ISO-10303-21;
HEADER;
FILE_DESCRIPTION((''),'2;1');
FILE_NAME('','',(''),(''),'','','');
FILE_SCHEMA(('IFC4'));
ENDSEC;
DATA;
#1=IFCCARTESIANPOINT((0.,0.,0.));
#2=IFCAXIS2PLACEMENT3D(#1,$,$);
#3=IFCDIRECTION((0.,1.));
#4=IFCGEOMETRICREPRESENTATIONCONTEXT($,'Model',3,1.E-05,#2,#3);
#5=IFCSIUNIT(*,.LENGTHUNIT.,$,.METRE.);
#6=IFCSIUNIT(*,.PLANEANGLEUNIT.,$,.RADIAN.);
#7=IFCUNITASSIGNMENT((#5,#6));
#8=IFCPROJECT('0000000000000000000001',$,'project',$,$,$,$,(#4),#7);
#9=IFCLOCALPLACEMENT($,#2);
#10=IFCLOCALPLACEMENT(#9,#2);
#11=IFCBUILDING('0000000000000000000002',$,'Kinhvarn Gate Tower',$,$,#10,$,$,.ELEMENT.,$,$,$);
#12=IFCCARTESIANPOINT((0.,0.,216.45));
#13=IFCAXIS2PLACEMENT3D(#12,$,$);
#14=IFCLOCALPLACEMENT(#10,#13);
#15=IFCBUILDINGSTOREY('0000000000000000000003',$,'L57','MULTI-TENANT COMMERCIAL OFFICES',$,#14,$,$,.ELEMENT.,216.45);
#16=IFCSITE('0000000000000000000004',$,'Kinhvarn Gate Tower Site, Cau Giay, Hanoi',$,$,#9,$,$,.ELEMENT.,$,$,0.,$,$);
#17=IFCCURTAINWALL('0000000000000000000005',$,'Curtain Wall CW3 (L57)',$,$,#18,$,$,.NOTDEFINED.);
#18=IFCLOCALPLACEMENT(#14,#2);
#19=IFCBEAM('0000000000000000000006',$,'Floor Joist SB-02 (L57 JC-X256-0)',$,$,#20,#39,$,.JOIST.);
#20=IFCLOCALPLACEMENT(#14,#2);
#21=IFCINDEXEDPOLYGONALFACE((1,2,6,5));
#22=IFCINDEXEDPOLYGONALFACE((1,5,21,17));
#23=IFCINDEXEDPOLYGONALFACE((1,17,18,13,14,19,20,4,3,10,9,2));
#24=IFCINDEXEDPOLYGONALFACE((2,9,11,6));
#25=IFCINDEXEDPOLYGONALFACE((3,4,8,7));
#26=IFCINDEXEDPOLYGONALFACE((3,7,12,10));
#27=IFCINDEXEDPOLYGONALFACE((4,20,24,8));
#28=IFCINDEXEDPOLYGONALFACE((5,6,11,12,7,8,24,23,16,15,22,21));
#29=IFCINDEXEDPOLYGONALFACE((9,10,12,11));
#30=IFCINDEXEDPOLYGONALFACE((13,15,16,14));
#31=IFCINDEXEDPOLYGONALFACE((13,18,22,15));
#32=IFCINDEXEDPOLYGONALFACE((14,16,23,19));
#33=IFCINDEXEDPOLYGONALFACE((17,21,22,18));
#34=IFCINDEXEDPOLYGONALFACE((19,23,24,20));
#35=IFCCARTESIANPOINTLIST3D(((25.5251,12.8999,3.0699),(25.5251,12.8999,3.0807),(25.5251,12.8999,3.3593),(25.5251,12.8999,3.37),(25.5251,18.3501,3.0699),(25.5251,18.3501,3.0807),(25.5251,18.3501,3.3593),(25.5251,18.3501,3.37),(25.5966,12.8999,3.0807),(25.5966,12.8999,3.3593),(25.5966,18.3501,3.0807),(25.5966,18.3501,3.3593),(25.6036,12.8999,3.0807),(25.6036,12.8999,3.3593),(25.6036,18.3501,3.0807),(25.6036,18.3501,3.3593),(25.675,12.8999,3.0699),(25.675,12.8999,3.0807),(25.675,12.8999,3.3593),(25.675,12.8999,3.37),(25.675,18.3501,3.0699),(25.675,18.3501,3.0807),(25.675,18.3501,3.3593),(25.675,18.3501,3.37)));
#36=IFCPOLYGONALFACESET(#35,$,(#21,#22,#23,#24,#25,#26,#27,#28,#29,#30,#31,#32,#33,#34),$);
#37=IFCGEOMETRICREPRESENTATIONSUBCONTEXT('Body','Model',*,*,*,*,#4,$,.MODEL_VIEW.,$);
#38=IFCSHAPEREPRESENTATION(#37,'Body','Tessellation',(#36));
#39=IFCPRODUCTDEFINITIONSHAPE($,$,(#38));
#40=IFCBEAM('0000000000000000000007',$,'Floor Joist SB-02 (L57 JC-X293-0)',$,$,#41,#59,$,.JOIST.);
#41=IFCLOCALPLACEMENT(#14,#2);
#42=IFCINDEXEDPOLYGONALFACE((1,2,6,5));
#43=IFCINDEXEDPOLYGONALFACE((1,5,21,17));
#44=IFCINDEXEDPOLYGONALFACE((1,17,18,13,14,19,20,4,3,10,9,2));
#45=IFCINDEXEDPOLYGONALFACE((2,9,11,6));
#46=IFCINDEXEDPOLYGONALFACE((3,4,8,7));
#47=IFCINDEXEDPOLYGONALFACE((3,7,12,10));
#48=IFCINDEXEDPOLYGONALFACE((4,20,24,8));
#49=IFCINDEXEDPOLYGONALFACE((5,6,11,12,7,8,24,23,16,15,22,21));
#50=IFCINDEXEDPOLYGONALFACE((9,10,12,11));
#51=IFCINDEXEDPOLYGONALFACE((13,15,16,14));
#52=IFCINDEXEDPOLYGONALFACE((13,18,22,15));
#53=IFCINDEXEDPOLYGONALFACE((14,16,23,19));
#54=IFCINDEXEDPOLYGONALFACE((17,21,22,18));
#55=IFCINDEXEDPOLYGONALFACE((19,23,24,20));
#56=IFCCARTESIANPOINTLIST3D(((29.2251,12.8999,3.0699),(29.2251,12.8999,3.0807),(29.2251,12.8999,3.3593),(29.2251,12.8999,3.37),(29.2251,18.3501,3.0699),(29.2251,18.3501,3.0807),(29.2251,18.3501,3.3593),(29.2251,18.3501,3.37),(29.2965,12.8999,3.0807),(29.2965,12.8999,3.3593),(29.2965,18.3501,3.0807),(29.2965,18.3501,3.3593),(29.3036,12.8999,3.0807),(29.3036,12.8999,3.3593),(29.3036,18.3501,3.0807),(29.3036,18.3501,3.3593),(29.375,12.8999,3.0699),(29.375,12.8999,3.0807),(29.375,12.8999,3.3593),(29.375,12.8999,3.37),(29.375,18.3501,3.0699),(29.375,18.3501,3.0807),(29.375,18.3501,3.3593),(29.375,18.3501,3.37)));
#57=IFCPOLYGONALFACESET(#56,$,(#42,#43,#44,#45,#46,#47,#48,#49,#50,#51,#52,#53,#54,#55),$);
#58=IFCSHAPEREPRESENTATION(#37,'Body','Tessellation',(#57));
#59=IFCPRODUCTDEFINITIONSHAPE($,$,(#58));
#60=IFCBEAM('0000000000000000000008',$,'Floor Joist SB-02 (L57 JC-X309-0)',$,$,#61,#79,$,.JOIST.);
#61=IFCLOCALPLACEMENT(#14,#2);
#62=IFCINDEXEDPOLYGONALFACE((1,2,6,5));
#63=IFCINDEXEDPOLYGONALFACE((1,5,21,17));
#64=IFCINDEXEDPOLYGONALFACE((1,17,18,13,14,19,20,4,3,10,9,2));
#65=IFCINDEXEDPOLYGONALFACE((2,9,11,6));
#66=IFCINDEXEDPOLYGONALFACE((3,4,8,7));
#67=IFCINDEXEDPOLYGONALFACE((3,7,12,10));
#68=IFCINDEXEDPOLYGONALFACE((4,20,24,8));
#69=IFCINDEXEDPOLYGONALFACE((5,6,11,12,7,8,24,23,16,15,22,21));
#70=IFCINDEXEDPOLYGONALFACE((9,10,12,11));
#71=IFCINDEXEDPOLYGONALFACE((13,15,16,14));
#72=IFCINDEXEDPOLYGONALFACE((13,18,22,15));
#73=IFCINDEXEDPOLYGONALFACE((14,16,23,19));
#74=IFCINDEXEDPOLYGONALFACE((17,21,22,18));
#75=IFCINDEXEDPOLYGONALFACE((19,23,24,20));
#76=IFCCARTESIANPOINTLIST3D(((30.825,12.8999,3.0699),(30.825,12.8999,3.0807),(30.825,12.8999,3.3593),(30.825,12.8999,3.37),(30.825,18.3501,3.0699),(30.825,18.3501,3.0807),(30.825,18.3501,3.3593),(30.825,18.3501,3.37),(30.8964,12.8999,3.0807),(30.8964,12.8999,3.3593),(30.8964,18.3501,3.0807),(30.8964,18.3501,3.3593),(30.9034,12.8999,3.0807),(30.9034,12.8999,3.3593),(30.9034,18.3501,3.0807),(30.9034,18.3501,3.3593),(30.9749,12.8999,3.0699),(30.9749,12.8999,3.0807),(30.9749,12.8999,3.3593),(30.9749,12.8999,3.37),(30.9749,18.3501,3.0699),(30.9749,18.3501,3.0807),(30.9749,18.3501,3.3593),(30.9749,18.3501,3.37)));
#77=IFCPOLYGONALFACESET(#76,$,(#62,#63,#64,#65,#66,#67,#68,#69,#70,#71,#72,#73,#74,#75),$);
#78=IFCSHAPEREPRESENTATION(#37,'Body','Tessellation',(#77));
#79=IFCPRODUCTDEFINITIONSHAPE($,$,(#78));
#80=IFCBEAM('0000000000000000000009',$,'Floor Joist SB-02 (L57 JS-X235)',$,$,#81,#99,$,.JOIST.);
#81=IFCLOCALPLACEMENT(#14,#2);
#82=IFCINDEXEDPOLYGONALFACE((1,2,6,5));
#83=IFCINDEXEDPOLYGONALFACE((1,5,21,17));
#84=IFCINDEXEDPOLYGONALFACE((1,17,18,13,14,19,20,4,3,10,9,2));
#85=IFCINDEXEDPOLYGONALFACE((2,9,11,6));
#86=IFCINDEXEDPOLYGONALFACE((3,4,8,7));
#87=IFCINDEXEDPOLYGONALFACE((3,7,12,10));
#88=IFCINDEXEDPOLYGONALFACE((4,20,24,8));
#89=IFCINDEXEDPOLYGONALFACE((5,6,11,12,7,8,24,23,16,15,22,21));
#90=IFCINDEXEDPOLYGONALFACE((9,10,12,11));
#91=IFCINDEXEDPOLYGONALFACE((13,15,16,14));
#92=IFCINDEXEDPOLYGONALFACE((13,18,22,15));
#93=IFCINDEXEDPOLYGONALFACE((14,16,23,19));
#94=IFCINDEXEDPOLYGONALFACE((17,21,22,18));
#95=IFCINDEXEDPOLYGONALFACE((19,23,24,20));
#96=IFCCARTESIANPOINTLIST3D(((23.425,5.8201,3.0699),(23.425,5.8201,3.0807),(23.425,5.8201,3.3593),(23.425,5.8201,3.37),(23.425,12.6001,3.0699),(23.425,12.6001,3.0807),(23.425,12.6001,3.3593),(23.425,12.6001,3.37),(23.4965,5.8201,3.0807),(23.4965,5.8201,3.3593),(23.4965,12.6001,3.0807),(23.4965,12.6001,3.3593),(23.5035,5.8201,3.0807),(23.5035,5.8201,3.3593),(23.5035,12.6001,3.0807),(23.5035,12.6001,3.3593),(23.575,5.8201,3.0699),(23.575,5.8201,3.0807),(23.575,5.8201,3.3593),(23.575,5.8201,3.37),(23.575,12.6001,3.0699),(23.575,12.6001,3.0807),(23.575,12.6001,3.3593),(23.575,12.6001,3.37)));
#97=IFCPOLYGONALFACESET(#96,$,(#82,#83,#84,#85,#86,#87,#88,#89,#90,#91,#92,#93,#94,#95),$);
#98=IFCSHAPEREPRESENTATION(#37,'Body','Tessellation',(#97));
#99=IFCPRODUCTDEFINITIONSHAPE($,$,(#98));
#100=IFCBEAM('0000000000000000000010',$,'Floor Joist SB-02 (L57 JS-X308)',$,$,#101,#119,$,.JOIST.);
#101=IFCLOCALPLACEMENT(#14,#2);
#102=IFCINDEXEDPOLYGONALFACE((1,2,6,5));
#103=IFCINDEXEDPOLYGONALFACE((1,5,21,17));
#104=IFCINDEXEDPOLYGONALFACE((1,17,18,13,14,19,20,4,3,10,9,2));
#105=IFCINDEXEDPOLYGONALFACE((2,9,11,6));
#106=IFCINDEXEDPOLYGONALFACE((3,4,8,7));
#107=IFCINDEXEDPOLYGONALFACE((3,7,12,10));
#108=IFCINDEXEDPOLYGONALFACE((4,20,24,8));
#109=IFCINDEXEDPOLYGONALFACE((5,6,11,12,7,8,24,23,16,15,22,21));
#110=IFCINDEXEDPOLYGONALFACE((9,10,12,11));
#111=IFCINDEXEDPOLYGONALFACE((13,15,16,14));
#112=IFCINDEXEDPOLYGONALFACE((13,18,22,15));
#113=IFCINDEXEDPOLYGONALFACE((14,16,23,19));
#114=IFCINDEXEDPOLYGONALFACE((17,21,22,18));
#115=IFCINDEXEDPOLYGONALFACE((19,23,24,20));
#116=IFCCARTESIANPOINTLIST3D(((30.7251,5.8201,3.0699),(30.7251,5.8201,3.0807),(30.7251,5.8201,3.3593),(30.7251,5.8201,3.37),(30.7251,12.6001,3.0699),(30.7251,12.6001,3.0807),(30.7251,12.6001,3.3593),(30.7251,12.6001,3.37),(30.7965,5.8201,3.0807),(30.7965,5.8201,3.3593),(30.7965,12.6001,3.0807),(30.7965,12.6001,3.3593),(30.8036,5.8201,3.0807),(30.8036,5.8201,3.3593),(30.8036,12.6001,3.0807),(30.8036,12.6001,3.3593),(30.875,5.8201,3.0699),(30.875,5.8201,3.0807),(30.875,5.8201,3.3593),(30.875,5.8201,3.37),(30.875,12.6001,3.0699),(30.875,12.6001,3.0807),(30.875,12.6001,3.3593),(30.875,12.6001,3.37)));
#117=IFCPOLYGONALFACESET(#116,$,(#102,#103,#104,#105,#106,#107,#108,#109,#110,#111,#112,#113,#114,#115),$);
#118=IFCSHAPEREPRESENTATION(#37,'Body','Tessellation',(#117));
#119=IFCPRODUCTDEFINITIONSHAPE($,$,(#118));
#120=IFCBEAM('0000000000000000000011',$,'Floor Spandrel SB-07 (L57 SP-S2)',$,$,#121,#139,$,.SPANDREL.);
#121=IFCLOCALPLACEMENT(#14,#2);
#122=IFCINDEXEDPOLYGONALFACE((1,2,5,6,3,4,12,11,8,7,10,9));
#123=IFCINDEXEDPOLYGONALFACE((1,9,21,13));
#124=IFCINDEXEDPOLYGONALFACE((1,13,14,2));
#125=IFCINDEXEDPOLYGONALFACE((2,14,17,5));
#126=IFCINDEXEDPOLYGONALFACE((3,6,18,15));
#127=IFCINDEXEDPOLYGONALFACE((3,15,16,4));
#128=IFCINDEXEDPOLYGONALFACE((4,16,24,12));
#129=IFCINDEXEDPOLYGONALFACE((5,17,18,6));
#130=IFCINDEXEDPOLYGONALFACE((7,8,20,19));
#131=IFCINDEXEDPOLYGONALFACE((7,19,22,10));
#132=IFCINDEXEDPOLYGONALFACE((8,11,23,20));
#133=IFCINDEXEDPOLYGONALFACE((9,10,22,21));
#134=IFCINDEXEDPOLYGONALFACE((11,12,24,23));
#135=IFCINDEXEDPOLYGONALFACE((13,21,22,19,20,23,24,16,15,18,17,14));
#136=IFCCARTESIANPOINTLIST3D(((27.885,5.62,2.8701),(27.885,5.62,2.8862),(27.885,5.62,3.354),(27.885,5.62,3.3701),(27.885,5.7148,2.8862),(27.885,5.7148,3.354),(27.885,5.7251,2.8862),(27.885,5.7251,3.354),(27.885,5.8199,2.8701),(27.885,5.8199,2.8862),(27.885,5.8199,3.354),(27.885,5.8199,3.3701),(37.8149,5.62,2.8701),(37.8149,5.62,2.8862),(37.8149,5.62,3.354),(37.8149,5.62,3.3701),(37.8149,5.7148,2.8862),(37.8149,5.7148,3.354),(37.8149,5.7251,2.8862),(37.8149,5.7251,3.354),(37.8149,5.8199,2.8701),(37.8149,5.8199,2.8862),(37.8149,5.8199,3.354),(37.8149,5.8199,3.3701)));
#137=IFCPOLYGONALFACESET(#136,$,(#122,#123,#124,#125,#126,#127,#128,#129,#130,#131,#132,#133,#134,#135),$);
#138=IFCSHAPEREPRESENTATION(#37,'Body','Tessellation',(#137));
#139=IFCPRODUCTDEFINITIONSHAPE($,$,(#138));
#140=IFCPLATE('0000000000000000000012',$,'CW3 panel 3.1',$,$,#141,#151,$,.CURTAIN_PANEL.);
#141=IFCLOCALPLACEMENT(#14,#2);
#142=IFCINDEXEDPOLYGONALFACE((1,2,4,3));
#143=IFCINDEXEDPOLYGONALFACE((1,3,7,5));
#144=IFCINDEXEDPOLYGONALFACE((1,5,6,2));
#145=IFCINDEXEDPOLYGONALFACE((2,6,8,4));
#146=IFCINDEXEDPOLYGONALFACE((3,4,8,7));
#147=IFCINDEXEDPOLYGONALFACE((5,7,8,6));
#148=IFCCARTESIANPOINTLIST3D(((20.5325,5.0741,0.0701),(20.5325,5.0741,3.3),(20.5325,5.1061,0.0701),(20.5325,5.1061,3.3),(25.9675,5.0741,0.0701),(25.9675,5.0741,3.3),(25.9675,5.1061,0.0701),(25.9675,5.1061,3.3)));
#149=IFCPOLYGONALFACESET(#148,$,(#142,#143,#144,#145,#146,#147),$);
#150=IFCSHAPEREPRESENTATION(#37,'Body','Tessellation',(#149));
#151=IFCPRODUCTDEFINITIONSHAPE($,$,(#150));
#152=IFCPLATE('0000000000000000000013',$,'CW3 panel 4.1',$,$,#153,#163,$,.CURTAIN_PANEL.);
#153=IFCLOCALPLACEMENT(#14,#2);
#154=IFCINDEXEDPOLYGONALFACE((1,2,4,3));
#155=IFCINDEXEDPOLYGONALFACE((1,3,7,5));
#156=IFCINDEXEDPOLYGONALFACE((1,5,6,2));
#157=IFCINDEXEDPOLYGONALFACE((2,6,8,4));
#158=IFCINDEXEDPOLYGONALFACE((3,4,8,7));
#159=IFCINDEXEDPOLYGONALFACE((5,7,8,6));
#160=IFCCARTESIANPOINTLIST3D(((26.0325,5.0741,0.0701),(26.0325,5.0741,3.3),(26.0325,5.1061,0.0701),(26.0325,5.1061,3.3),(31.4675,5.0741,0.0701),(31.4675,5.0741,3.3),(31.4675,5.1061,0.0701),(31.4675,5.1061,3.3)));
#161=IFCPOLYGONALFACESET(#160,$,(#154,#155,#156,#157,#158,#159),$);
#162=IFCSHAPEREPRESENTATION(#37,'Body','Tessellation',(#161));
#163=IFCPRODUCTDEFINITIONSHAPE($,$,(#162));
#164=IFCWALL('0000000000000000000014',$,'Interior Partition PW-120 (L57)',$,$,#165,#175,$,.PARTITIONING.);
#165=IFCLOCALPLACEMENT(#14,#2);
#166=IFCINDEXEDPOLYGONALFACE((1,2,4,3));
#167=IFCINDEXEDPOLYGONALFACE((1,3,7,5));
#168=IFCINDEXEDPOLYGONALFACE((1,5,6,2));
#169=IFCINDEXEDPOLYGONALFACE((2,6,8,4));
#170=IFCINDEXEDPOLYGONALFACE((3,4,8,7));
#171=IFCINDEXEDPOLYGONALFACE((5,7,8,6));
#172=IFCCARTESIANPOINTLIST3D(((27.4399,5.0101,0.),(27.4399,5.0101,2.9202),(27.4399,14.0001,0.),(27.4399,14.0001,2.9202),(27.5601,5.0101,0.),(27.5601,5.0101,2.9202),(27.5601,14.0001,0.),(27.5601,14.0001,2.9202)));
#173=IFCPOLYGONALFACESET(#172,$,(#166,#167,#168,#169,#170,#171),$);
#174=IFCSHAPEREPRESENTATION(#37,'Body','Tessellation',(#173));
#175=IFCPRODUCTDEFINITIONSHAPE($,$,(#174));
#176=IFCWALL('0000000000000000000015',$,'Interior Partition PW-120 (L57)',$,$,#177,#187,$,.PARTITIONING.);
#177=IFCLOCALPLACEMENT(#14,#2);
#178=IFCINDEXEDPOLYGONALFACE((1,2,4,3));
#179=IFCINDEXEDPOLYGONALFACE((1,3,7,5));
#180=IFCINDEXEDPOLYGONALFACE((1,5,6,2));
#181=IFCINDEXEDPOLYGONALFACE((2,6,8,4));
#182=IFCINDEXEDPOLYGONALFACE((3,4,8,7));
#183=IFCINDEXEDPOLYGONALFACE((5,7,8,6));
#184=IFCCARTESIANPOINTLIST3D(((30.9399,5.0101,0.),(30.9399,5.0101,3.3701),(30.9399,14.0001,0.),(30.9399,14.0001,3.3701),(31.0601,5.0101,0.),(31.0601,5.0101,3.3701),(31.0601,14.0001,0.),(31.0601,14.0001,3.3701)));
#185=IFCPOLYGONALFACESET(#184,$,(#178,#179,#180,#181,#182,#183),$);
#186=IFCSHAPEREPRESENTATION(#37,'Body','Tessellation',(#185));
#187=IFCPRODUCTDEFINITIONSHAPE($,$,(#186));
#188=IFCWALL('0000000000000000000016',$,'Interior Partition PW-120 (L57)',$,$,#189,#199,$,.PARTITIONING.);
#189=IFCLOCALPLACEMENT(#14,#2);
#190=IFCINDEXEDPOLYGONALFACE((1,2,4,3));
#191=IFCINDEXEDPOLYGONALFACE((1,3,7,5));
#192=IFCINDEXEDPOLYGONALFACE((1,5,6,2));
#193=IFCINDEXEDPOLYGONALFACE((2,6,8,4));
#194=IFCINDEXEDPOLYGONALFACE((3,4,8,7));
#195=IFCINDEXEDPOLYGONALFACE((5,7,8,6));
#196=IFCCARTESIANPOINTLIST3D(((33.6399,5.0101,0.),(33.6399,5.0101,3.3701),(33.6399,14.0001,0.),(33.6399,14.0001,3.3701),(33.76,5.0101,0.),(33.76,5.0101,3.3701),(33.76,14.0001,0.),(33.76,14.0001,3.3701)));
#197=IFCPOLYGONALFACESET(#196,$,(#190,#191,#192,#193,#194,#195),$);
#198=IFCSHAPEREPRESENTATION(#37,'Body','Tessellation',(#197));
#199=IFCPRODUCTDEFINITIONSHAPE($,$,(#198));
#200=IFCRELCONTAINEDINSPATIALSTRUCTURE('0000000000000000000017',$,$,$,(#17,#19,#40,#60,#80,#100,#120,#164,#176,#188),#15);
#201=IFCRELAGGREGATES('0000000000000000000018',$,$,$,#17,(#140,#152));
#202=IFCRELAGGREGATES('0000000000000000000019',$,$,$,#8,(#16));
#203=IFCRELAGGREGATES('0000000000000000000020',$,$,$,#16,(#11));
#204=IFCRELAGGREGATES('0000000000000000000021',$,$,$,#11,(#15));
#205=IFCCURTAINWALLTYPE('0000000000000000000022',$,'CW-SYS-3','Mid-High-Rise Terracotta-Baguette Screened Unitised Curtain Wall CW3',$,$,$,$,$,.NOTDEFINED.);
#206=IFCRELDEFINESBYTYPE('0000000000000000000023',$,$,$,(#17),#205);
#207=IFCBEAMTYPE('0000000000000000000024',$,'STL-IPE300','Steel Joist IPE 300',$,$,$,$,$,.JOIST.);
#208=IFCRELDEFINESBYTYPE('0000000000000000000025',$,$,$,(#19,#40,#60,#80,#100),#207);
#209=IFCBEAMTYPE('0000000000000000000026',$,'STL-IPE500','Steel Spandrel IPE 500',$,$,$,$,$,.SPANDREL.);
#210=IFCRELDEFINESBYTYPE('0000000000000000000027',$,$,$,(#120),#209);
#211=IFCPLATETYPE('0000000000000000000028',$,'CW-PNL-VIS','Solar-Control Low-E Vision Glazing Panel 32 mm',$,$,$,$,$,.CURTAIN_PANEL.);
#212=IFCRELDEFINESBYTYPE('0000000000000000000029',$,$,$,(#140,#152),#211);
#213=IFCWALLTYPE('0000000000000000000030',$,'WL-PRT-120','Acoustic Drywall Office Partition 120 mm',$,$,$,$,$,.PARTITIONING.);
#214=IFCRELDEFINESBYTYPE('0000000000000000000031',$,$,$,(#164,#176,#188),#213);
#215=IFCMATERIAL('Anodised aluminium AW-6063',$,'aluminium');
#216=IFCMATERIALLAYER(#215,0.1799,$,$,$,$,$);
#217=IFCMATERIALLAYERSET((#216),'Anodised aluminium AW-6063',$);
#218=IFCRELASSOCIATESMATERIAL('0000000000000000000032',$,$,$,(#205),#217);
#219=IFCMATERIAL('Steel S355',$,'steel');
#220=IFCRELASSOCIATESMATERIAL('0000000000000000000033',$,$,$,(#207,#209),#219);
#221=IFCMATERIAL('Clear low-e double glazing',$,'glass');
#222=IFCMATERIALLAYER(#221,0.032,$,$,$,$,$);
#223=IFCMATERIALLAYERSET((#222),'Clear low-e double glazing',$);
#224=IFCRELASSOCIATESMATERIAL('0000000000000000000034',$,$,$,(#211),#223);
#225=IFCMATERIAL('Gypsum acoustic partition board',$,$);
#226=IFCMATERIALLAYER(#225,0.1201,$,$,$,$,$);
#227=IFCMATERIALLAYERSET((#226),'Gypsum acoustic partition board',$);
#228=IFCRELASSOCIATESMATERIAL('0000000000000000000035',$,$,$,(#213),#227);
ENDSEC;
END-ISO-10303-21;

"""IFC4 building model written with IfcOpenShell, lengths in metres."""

from ifc_helpers import new_model, si_unit, direction, frame, frame_2d, origin, origin_2d, place, context, subcontext, project, spatial, rectangle, i_section, extrude, material, layer, layer_set, material_profile, profile_set, type_object, element, aggregate, save


model = new_model("IFC4")

# Units and contexts
model_context = context("Model", 3, precision=1e-05, world=origin(), true_north=direction((0.0, 1.0)))
body_context = subcontext(model_context, "Body", "Model", "MODEL_VIEW")
ifc_project = project(units=[si_unit("LENGTHUNIT", "METRE"), si_unit("PLANEANGLEUNIT", "RADIAN")], contexts=[model_context])

# Site, building, storey
site_placement = place(None, origin())
site = spatial("IfcSite", under=ifc_project, at=site_placement, Name="Kinhvarn Gate Tower Site, Cau Giay, Hanoi", CompositionType="ELEMENT", RefElevation=0.0)
building_placement = place(site_placement, origin())
building = spatial("IfcBuilding", under=site, at=building_placement, Name="Kinhvarn Gate Tower", CompositionType="ELEMENT")
storey_placement = place(building_placement, frame((0.0, 0.0, 216.45)))
storey = spatial("IfcBuildingStorey", under=building, at=storey_placement, Name="L57", Description="MULTI-TENANT COMMERCIAL OFFICES", CompositionType="ELEMENT", Elevation=216.45)

# Curtain wall
ifc_material_1 = material(Name="Anodised aluminium AW-6063", Category="aluminium")
ifc_layer_1 = layer(ifc_material_1, 0.1799)
ifc_layer_set_1 = layer_set([ifc_layer_1], Name="Anodised aluminium AW-6063")
curtain_wall_type = type_object("IfcCurtainWallType", Name="CW-SYS-3", Description="Mid-High-Rise Terracotta-Baguette Screened Unitised Curtain Wall CW3", PredefinedType="NOTDEFINED", material=ifc_layer_set_1)
curtain_wall_placement = place(storey_placement, origin())
curtain_wall = element("IfcCurtainWall", 1, at=curtain_wall_placement, inside=storey, type_object=curtain_wall_type, Name="Curtain Wall CW3 (L57)", PredefinedType="NOTDEFINED")

# Beams
ifc_material_2 = material(Name="Steel S355", Category="steel")
ifc_material_profile_1 = material_profile(ifc_material_2, i_section(OverallWidth=0.1499, OverallDepth=0.3, WebThickness=0.0071, FlangeThickness=0.0107, at=origin_2d()), Name="IPE 300")
ifc_profile_set_1 = profile_set([ifc_material_profile_1], Name="Steel S355")
beam_type_1 = type_object("IfcBeamType", Name="STL-IPE300", Description="Steel Joist IPE 300", PredefinedType="JOIST", material=ifc_profile_set_1)
for number, where, z_axis, x_axis, name in (
    (2, (25.6001, 12.8999, 3.22), (0.0, 1.0, 0.0), (-1.0, 0.0, 0.0), "Floor Joist SB-02 (L57 JC-X256-0)"),
    (3, (29.3, 12.8999, 3.22), (0.0, 1.0, 0.0), (-1.0, 0.0, 0.0), "Floor Joist SB-02 (L57 JC-X293-0)"),
    (4, (30.8999, 12.8999, 3.22), (0.0, 1.0, 0.0), (-1.0, 0.0, 0.0), "Floor Joist SB-02 (L57 JC-X309-0)"),
):
    element("IfcBeam", number, at=place(storey_placement, frame(where, z_axis=z_axis, x_axis=x_axis)), inside=storey, type_object=beam_type_1, Name=name, PredefinedType="JOIST", context=body_context, shape_type="SweptSolid", body=[
        extrude(i_section(OverallWidth=0.1499, OverallDepth=0.3, WebThickness=0.0071, FlangeThickness=0.0107, at=origin_2d()), origin(), (0.0, 0.0, 1.0), 5.4502),
    ])
for number, where, z_axis, x_axis, name in (
    (5, (23.5, 5.8201, 3.22), (0.0, 1.0, 0.0), (-1.0, 0.0, 0.0), "Floor Joist SB-02 (L57 JS-X235)"),
    (6, (30.8, 5.8201, 3.22), (0.0, 1.0, 0.0), (-1.0, 0.0, 0.0), "Floor Joist SB-02 (L57 JS-X308)"),
):
    element("IfcBeam", number, at=place(storey_placement, frame(where, z_axis=z_axis, x_axis=x_axis)), inside=storey, type_object=beam_type_1, Name=name, PredefinedType="JOIST", context=body_context, shape_type="SweptSolid", body=[
        extrude(i_section(OverallWidth=0.1499, OverallDepth=0.3, WebThickness=0.0071, FlangeThickness=0.0107, at=origin_2d()), origin(), (0.0, 0.0, 1.0), 6.78),
    ])
ifc_material_profile_2 = material_profile(ifc_material_2, i_section(OverallWidth=0.2, OverallDepth=0.5, WebThickness=0.0103, FlangeThickness=0.0161, at=origin_2d()), Name="IPE 500")
ifc_profile_set_2 = profile_set([ifc_material_profile_2], Name="Steel S355")
beam_type_2 = type_object("IfcBeamType", Name="STL-IPE500", Description="Steel Spandrel IPE 500", PredefinedType="SPANDREL", material=ifc_profile_set_2)
beam_1_placement = place(storey_placement, frame((27.885, 5.72, 3.1201), z_axis=(1.0, 0.0, 0.0), x_axis=(0.0, 1.0, 0.0)))
element("IfcBeam", 7, at=beam_1_placement, inside=storey, type_object=beam_type_2, Name="Floor Spandrel SB-07 (L57 SP-S2)", PredefinedType="SPANDREL", context=body_context, shape_type="SweptSolid", body=[
    extrude(i_section(OverallWidth=0.2, OverallDepth=0.5, WebThickness=0.0103, FlangeThickness=0.0161, at=origin_2d()), origin(), (0.0, 0.0, 1.0), 9.9299),
])

# Plates
ifc_material_3 = material(Name="Clear low-e double glazing", Category="glass")
ifc_layer_2 = layer(ifc_material_3, 0.032)
ifc_layer_set_2 = layer_set([ifc_layer_2], Name="Clear low-e double glazing")
plate_type = type_object("IfcPlateType", Name="CW-PNL-VIS", Description="Solar-Control Low-E Vision Glazing Panel 32 mm", PredefinedType="CURTAIN_PANEL", material=ifc_layer_set_2)
plate_1_placement = place(storey_placement, frame((23.25, 5.0901, 0.0701), z_axis=(0.0, 0.0, 1.0), x_axis=(1.0, 0.0, 0.0)))
plate_1 = element("IfcPlate", 8, at=plate_1_placement, type_object=plate_type, Name="CW3 panel 3.1", PredefinedType="CURTAIN_PANEL", context=body_context, shape_type="SweptSolid", body=[
    extrude(rectangle(XDim=5.4351, YDim=0.032, at=origin_2d()), origin(), (0.0, 0.0, 1.0), 3.23),
])
plate_2_placement = place(storey_placement, frame((28.75, 5.0901, 0.0701), z_axis=(0.0, 0.0, 1.0), x_axis=(1.0, 0.0, 0.0)))
plate_2 = element("IfcPlate", 9, at=plate_2_placement, type_object=plate_type, Name="CW3 panel 4.1", PredefinedType="CURTAIN_PANEL", context=body_context, shape_type="SweptSolid", body=[
    extrude(rectangle(XDim=5.4351, YDim=0.032, at=origin_2d()), origin(), (0.0, 0.0, 1.0), 3.23),
])
aggregate(curtain_wall, [plate_1, plate_2])

# Walls
ifc_material_4 = material(Name="Gypsum acoustic partition board")
ifc_layer_3 = layer(ifc_material_4, 0.1201)
ifc_layer_set_3 = layer_set([ifc_layer_3], Name="Gypsum acoustic partition board")
wall_type = type_object("IfcWallType", Name="WL-PRT-120", Description="Acoustic Drywall Office Partition 120 mm", PredefinedType="PARTITIONING", material=ifc_layer_set_3)
wall_placement = place(storey_placement, frame((27.5, 5.01, 0.0), z_axis=(0.0, 0.0, 1.0), x_axis=(0.0, 1.0, 0.0)))
element("IfcWall", 10, at=wall_placement, inside=storey, type_object=wall_type, Name="Interior Partition PW-120 (L57)", PredefinedType="PARTITIONING", context=body_context, shape_type="SweptSolid", body=[
    extrude(rectangle(XDim=8.99, YDim=0.1201, at=frame_2d((4.4951, 0.0))), origin(), (0.0, 0.0, 1.0), 2.9202),
])
for number, where, z_axis, x_axis, name in (
    (11, (31.0, 5.01, 0.0), (0.0, 0.0, 1.0), (0.0, 1.0, 0.0), "Interior Partition PW-120 (L57)"),
    (12, (33.7, 5.01, 0.0), (0.0, 0.0, 1.0), (0.0, 1.0, 0.0), "Interior Partition PW-120 (L57)"),
):
    element("IfcWall", number, at=place(storey_placement, frame(where, z_axis=z_axis, x_axis=x_axis)), inside=storey, type_object=wall_type, Name=name, PredefinedType="PARTITIONING", context=body_context, shape_type="SweptSolid", body=[
        extrude(rectangle(XDim=8.99, YDim=0.1201, at=frame_2d((4.4951, 0.0))), origin(), (0.0, 0.0, 1.0), 3.3701),
    ])

save(model, "model.ifc")
